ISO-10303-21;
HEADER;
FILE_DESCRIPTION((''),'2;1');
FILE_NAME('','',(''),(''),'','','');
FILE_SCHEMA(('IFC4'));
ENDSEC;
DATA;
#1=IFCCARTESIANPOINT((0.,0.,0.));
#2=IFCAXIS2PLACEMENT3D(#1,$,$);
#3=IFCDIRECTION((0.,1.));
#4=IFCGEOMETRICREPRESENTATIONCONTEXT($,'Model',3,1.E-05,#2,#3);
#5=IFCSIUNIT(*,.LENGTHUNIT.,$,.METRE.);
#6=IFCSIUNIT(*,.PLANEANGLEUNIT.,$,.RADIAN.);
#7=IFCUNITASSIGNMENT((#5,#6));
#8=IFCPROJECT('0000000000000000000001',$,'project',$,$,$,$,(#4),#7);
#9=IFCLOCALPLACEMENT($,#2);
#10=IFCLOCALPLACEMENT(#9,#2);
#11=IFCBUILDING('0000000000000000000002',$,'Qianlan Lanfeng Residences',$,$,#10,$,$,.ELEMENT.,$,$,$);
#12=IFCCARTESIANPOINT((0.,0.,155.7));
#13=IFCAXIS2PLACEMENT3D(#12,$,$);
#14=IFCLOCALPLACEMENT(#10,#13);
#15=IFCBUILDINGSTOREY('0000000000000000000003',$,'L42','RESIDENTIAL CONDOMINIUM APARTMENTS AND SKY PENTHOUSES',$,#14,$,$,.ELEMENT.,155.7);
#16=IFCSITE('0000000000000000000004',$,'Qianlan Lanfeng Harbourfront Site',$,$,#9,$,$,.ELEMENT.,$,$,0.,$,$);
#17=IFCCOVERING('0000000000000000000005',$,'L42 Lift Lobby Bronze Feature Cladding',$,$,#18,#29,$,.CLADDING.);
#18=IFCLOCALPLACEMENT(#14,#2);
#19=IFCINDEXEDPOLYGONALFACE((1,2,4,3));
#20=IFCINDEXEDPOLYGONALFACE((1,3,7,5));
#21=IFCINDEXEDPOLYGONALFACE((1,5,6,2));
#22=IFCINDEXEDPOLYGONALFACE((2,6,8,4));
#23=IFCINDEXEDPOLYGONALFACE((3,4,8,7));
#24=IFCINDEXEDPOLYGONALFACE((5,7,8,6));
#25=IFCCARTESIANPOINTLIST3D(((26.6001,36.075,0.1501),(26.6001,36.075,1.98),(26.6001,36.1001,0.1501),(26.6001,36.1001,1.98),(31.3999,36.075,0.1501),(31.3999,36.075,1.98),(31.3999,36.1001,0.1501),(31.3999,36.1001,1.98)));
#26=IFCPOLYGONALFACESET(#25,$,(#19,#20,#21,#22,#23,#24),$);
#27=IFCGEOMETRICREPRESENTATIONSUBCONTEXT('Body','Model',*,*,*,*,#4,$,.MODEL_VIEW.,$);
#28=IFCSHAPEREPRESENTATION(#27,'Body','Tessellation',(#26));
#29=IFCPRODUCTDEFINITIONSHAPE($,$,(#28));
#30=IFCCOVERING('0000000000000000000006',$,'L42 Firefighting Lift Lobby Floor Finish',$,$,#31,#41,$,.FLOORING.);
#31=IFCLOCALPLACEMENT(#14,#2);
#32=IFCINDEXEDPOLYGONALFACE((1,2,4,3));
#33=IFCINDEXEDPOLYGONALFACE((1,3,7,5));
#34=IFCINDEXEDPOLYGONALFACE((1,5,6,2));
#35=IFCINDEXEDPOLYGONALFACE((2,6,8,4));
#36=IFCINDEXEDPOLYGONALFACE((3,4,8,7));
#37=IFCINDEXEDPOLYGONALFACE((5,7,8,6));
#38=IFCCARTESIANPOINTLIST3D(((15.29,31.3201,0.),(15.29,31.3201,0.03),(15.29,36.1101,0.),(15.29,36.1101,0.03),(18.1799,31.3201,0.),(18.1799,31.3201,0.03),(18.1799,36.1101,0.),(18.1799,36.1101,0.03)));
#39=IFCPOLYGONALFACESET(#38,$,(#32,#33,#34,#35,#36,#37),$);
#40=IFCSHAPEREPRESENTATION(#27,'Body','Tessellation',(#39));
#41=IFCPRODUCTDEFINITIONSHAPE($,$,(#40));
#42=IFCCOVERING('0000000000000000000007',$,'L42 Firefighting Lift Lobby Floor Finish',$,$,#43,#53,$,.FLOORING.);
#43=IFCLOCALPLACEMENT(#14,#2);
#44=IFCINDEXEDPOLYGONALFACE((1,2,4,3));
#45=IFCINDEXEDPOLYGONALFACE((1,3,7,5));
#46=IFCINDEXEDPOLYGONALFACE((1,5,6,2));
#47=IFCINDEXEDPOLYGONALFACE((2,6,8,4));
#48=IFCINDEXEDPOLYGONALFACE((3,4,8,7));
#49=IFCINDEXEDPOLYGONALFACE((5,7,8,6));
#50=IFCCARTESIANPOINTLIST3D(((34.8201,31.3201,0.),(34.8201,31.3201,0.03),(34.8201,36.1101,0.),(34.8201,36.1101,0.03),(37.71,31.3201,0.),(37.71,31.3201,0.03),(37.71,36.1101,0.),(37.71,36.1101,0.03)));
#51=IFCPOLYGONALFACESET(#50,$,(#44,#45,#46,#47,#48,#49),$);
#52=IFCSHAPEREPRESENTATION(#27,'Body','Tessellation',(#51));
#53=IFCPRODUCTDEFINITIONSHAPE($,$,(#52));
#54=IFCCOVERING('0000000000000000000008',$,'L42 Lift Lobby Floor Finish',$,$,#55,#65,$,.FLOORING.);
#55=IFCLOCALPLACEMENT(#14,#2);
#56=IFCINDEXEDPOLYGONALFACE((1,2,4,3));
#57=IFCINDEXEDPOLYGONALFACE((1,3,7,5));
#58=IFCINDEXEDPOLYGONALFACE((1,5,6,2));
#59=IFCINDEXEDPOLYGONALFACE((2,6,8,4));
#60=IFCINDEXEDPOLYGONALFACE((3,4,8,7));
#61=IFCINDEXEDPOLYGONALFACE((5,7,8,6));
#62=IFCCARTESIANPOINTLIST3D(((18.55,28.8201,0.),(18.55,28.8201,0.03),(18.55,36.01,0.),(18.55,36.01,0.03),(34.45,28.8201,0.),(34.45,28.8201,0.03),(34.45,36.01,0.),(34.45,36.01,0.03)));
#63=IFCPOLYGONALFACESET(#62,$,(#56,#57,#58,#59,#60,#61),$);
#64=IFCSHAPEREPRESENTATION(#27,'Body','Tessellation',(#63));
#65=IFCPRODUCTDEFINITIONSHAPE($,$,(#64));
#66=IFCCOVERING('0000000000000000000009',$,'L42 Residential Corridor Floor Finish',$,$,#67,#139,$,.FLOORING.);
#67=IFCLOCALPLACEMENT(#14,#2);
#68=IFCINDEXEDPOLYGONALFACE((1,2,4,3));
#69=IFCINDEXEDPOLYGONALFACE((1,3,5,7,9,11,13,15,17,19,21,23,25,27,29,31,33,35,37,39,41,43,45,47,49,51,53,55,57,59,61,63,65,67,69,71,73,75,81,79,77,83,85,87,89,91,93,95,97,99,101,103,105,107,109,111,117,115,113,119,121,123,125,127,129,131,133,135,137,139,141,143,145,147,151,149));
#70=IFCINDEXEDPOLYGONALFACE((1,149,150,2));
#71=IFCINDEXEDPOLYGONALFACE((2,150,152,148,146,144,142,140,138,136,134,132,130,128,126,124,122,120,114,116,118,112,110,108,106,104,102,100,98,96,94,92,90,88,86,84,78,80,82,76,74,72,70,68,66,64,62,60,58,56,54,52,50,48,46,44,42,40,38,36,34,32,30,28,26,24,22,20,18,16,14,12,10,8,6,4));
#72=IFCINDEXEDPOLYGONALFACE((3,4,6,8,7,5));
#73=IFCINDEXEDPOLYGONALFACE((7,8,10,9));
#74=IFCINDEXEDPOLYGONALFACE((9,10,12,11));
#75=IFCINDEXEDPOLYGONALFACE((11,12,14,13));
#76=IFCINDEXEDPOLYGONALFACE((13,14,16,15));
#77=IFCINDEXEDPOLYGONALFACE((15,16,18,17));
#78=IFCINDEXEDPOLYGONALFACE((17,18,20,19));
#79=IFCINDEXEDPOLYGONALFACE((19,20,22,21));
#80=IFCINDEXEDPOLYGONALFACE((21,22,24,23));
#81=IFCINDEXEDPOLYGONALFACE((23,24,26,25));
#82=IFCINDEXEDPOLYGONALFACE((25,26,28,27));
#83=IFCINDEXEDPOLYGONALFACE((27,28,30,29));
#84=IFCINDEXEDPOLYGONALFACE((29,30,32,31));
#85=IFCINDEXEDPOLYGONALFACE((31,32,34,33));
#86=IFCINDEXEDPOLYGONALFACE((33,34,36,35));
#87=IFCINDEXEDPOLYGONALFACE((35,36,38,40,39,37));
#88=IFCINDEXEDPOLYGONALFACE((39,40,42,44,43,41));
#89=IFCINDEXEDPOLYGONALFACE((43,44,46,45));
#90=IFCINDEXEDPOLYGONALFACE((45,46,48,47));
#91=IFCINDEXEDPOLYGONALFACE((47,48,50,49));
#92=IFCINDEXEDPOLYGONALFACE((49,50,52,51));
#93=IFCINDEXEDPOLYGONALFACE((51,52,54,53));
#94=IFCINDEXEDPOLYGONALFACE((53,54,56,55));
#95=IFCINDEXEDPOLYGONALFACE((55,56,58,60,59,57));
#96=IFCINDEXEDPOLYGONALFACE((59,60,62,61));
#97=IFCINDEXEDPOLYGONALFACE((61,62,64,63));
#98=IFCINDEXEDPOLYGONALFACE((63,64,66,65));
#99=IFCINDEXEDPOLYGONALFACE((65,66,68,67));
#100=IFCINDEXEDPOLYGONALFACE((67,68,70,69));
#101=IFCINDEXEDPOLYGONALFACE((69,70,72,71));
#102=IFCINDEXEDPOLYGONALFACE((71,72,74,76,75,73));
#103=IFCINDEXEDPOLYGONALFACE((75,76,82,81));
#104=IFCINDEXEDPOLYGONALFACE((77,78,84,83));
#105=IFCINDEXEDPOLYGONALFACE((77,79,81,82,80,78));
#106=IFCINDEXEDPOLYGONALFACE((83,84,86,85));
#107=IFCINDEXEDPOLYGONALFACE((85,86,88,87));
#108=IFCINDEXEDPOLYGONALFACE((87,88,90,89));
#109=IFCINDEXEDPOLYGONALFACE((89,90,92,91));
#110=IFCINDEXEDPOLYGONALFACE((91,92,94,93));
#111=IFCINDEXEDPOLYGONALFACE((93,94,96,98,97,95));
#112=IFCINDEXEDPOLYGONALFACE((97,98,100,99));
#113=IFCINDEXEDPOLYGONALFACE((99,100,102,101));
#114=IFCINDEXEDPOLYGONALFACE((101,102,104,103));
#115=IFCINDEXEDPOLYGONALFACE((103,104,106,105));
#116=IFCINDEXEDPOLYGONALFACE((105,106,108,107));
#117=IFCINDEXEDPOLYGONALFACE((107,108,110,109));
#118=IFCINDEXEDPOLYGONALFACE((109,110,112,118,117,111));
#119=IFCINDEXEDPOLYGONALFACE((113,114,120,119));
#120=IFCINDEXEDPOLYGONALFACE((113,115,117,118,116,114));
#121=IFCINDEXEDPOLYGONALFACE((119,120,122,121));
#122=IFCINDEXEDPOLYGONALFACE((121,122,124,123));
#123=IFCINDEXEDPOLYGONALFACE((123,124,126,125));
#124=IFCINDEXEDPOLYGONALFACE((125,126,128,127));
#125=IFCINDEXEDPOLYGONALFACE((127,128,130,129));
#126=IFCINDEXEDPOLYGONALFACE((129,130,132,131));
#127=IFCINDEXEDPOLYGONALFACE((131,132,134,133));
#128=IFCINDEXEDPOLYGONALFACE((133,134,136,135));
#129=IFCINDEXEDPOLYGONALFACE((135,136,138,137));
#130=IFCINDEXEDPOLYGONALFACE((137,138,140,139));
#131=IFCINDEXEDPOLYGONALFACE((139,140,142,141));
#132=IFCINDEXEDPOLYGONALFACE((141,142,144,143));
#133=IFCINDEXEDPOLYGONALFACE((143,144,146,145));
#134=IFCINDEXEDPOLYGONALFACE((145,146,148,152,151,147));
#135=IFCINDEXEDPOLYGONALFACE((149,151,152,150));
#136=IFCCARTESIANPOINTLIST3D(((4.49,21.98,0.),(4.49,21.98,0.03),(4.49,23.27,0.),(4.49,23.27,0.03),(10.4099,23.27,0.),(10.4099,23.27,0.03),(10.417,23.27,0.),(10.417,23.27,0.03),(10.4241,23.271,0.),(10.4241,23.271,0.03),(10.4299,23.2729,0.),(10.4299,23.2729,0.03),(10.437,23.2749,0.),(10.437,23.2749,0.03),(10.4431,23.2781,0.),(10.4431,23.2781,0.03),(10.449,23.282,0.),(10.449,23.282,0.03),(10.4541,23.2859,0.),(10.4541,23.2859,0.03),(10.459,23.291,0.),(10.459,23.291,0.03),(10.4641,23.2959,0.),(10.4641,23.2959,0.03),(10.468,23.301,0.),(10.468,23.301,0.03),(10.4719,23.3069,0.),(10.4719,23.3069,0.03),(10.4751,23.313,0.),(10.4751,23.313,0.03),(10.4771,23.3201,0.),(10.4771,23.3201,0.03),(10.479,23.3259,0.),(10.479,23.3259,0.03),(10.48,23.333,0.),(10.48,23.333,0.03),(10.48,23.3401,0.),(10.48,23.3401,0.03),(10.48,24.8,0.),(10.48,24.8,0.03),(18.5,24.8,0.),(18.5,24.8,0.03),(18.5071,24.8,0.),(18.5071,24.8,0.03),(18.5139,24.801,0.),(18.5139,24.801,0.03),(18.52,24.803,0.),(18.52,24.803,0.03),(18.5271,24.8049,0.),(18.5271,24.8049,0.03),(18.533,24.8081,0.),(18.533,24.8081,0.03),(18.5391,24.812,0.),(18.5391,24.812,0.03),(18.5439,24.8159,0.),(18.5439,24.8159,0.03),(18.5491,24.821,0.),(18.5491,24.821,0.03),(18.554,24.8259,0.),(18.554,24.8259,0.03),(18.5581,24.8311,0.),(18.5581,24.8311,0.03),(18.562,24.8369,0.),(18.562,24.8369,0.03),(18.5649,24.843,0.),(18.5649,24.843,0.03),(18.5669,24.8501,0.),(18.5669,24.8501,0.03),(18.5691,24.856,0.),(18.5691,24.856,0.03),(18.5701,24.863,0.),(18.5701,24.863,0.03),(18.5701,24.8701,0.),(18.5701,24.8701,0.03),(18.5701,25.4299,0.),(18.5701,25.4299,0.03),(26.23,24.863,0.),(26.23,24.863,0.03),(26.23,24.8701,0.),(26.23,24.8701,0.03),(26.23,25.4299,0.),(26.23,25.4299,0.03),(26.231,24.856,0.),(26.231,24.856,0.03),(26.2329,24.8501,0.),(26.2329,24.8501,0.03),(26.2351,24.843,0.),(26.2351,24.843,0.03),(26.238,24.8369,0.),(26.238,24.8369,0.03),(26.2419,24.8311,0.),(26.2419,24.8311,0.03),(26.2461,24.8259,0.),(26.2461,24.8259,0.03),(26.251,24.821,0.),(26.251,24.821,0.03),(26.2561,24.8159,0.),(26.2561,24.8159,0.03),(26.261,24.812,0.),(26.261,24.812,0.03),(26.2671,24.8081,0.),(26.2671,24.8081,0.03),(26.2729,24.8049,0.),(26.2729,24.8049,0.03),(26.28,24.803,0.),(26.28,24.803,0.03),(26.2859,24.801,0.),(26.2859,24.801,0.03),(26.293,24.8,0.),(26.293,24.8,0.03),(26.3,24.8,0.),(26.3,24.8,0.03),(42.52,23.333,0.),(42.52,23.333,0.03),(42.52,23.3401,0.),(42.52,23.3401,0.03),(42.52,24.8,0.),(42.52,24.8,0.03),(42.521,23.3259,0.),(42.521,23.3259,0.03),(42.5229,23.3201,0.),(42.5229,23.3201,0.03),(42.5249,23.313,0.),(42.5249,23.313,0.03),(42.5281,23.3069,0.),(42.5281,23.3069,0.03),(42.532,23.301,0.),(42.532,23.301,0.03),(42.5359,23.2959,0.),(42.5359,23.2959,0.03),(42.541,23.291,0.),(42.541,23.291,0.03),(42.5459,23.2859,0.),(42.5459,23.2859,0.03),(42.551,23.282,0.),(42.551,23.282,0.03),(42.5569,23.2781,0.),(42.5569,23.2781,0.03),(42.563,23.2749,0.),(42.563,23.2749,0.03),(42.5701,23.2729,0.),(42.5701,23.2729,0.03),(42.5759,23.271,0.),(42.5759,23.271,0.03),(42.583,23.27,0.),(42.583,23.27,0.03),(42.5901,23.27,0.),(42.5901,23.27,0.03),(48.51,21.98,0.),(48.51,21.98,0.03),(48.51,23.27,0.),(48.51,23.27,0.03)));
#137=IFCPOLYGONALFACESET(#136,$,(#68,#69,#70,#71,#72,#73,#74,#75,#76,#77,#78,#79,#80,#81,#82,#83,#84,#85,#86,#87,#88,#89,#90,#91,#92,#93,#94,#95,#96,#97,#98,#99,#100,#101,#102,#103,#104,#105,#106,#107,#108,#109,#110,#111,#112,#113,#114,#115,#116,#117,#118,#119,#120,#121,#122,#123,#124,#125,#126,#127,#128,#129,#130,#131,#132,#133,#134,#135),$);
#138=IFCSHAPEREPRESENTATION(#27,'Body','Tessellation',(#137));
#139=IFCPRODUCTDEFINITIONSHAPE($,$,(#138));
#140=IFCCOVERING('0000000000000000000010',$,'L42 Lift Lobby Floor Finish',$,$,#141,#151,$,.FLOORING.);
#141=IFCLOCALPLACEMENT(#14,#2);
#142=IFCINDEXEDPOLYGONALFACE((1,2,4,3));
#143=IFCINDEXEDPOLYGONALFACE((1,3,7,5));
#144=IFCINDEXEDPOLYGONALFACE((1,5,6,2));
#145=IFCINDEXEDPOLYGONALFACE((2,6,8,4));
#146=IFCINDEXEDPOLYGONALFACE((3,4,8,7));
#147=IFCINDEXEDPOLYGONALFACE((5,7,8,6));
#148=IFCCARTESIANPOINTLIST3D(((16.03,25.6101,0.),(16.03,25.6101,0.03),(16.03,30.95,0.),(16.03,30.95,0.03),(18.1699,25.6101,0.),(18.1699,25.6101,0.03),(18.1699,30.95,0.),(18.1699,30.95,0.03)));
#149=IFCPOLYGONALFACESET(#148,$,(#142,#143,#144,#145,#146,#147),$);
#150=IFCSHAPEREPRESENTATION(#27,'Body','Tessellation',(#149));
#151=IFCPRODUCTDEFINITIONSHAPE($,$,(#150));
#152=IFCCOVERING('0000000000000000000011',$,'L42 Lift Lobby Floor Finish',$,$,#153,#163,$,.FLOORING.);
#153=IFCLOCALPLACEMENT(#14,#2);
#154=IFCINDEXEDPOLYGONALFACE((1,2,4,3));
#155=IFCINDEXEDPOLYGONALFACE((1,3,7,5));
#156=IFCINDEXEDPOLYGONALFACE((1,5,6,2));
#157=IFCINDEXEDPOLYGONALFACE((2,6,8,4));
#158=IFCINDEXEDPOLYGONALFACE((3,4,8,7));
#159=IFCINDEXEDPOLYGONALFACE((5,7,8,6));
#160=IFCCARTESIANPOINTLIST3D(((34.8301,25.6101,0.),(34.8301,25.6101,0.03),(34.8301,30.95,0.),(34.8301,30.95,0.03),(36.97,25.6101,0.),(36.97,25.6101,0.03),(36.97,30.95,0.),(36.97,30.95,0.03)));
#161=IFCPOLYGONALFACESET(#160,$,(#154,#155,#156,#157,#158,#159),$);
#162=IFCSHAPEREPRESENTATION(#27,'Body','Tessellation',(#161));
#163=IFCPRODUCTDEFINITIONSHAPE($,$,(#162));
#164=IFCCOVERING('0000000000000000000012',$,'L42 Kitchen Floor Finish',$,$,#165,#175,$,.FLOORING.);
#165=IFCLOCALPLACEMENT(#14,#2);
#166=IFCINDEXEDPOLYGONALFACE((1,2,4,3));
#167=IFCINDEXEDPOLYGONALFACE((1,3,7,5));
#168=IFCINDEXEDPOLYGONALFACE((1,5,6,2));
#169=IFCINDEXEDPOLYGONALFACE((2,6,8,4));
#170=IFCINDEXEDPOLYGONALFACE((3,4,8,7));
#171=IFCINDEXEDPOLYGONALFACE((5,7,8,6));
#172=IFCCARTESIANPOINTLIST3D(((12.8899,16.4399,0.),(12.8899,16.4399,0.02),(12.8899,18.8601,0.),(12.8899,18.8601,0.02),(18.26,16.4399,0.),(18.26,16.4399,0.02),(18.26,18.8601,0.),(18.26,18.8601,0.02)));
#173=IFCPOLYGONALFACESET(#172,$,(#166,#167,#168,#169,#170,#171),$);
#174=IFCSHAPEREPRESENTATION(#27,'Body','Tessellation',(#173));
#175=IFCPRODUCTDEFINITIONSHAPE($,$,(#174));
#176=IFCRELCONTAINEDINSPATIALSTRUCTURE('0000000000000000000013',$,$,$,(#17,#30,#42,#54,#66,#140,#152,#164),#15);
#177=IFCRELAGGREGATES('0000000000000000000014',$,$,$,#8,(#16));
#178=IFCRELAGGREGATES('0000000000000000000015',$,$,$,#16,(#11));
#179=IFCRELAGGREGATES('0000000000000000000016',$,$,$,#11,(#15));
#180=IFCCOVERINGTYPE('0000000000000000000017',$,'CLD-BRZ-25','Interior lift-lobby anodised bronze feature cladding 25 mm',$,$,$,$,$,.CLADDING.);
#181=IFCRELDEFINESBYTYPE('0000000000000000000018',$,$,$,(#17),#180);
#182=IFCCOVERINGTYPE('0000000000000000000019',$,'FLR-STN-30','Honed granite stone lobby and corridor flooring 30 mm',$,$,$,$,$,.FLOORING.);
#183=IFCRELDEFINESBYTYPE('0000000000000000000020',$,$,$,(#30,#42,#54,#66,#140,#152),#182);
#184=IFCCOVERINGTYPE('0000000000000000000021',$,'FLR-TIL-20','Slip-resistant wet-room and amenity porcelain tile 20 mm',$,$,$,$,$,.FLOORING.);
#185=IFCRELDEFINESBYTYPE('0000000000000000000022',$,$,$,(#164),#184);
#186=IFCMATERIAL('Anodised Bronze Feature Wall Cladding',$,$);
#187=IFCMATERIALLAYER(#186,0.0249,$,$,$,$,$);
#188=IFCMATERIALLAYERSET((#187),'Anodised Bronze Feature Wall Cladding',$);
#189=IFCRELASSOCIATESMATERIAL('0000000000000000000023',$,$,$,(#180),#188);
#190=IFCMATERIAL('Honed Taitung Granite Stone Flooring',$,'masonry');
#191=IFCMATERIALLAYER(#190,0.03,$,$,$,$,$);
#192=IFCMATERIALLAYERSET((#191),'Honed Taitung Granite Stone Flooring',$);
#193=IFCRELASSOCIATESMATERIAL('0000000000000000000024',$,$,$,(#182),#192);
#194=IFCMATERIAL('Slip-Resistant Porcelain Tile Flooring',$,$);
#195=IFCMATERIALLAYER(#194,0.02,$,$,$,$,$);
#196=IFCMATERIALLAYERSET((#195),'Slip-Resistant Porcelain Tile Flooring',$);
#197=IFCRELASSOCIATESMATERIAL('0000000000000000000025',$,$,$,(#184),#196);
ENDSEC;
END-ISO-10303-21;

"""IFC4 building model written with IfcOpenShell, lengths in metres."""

from ifc_helpers import new_model, si_unit, direction, frame, origin, place, context, subcontext, project, spatial, polyline, outline, extrude, material, layer, layer_set, type_object, element, save


model = new_model("IFC4")

# Units and contexts
model_context = context("Model", 3, precision=1e-05, world=origin(), true_north=direction((0.0, 1.0)))
body_context = subcontext(model_context, "Body", "Model", "MODEL_VIEW")
ifc_project = project(units=[si_unit("LENGTHUNIT", "METRE"), si_unit("PLANEANGLEUNIT", "RADIAN")], contexts=[model_context])

# Site, building, storey
site_placement = place(None, origin())
site = spatial("IfcSite", under=ifc_project, at=site_placement, Name="Qianlan Lanfeng Harbourfront Site", CompositionType="ELEMENT", RefElevation=0.0)
building_placement = place(site_placement, origin())
building = spatial("IfcBuilding", under=site, at=building_placement, Name="Qianlan Lanfeng Residences", CompositionType="ELEMENT")
storey_placement = place(building_placement, frame((0.0, 0.0, 155.7)))
storey = spatial("IfcBuildingStorey", under=building, at=storey_placement, Name="L42", Description="RESIDENTIAL CONDOMINIUM APARTMENTS AND SKY PENTHOUSES", CompositionType="ELEMENT", Elevation=155.7)

# Coverings
ifc_material_1 = material(Name="Anodised Bronze Feature Wall Cladding")
ifc_layer_1 = layer(ifc_material_1, 0.0249)
ifc_layer_set_1 = layer_set([ifc_layer_1], Name="Anodised Bronze Feature Wall Cladding")
covering_type_1 = type_object("IfcCoveringType", Name="CLD-BRZ-25", Description="Interior lift-lobby anodised bronze feature cladding 25 mm", PredefinedType="CLADDING", material=ifc_layer_set_1)
covering_1_placement = place(storey_placement, frame((0.0, 0.0, 0.1501)))
element("IfcCovering", 1, at=covering_1_placement, inside=storey, type_object=covering_type_1, Name="L42 Lift Lobby Bronze Feature Cladding", PredefinedType="CLADDING", context=body_context, shape_type="SweptSolid", body=[
    extrude(outline(polyline([(26.6001, 36.075), (31.3999, 36.075), (31.3999, 36.1001), (26.6001, 36.1001), (26.6001, 36.075)])), origin(), (0.0, 0.0, 1.0), 1.8298),
])
ifc_material_2 = material(Name="Honed Taitung Granite Stone Flooring", Category="masonry")
ifc_layer_2 = layer(ifc_material_2, 0.03)
ifc_layer_set_2 = layer_set([ifc_layer_2], Name="Honed Taitung Granite Stone Flooring")
covering_type_2 = type_object("IfcCoveringType", Name="FLR-STN-30", Description="Honed granite stone lobby and corridor flooring 30 mm", PredefinedType="FLOORING", material=ifc_layer_set_2)
covering_2_placement = place(storey_placement, origin())
element("IfcCovering", 2, at=covering_2_placement, inside=storey, type_object=covering_type_2, Name="L42 Firefighting Lift Lobby Floor Finish", PredefinedType="FLOORING", context=body_context, shape_type="SweptSolid", body=[
    extrude(outline(polyline([(15.29, 31.3201), (18.1799, 31.3201), (18.1799, 36.1101), (15.29, 36.1101), (15.29, 31.3201)])), origin(), (0.0, 0.0, 1.0), 0.03),
])
covering_3_placement = place(storey_placement, origin())
element("IfcCovering", 3, at=covering_3_placement, inside=storey, type_object=covering_type_2, Name="L42 Firefighting Lift Lobby Floor Finish", PredefinedType="FLOORING", context=body_context, shape_type="SweptSolid", body=[
    extrude(outline(polyline([(34.8201, 31.3201), (37.71, 31.3201), (37.71, 36.1101), (34.8201, 36.1101), (34.8201, 31.3201)])), origin(), (0.0, 0.0, 1.0), 0.03),
])
covering_4_placement = place(storey_placement, origin())
element("IfcCovering", 4, at=covering_4_placement, inside=storey, type_object=covering_type_2, Name="L42 Lift Lobby Floor Finish", PredefinedType="FLOORING", context=body_context, shape_type="SweptSolid", body=[
    extrude(outline(polyline([(18.55, 28.8201), (34.45, 28.8201), (34.45, 36.01), (18.55, 36.01), (18.55, 28.8201)])), origin(), (0.0, 0.0, 1.0), 0.03),
])
covering_5_placement = place(storey_placement, origin())
element("IfcCovering", 5, at=covering_5_placement, inside=storey, type_object=covering_type_2, Name="L42 Residential Corridor Floor Finish", PredefinedType="FLOORING", context=body_context, shape_type="SweptSolid", body=[
    extrude(outline(polyline([(4.49, 21.98), (48.51, 21.98), (48.51, 23.27), (42.5901, 23.27), (42.583, 23.27), (42.5759, 23.271), (42.5701, 23.2729), (42.563, 23.2749), (42.5569, 23.2781), (42.551, 23.282), (42.5459, 23.2859), (42.541, 23.291), (42.5359, 23.2959), (42.532, 23.301), (42.5281, 23.3069), (42.5249, 23.313), (42.5229, 23.3201), (42.521, 23.3259), (42.52, 23.333), (42.52, 23.3401), (42.52, 24.8), (26.3, 24.8), (26.293, 24.8), (26.2859, 24.801), (26.28, 24.803), (26.2729, 24.8049), (26.2671, 24.8081), (26.261, 24.812), (26.2561, 24.8159), (26.251, 24.821), (26.2461, 24.8259), (26.2419, 24.8311), (26.238, 24.8369), (26.2351, 24.843), (26.2329, 24.8501), (26.231, 24.856), (26.23, 24.863), (26.23, 24.8701), (26.23, 25.4299), (18.5701, 25.4299), (18.5701, 24.8701), (18.5701, 24.863), (18.5691, 24.856), (18.5669, 24.8501), (18.5649, 24.843), (18.562, 24.8369), (18.5581, 24.8311), (18.554, 24.8259), (18.5491, 24.821), (18.5439, 24.8159), (18.5391, 24.812), (18.533, 24.8081), (18.5271, 24.8049), (18.52, 24.803), (18.5139, 24.801), (18.5071, 24.8), (18.5, 24.8), (10.48, 24.8), (10.48, 23.3401), (10.48, 23.333), (10.479, 23.3259), (10.4771, 23.3201), (10.4751, 23.313), (10.4719, 23.3069), (10.468, 23.301), (10.4641, 23.2959), (10.459, 23.291), (10.4541, 23.2859), (10.449, 23.282), (10.4431, 23.2781), (10.437, 23.2749), (10.4299, 23.2729), (10.4241, 23.271), (10.417, 23.27), (10.4099, 23.27), (4.49, 23.27), (4.49, 21.98)])), origin(), (0.0, 0.0, 1.0), 0.03),
])
covering_6_placement = place(storey_placement, origin())
element("IfcCovering", 6, at=covering_6_placement, inside=storey, type_object=covering_type_2, Name="L42 Lift Lobby Floor Finish", PredefinedType="FLOORING", context=body_context, shape_type="SweptSolid", body=[
    extrude(outline(polyline([(16.03, 25.6101), (18.1699, 25.6101), (18.1699, 30.95), (16.03, 30.95), (16.03, 25.6101)])), origin(), (0.0, 0.0, 1.0), 0.03),
])
covering_7_placement = place(storey_placement, origin())
element("IfcCovering", 7, at=covering_7_placement, inside=storey, type_object=covering_type_2, Name="L42 Lift Lobby Floor Finish", PredefinedType="FLOORING", context=body_context, shape_type="SweptSolid", body=[
    extrude(outline(polyline([(34.8301, 25.6101), (36.97, 25.6101), (36.97, 30.95), (34.8301, 30.95), (34.8301, 25.6101)])), origin(), (0.0, 0.0, 1.0), 0.03),
])
ifc_material_3 = material(Name="Slip-Resistant Porcelain Tile Flooring")
ifc_layer_3 = layer(ifc_material_3, 0.02)
ifc_layer_set_3 = layer_set([ifc_layer_3], Name="Slip-Resistant Porcelain Tile Flooring")
covering_type_3 = type_object("IfcCoveringType", Name="FLR-TIL-20", Description="Slip-resistant wet-room and amenity porcelain tile 20 mm", PredefinedType="FLOORING", material=ifc_layer_set_3)
covering_8_placement = place(storey_placement, origin())
element("IfcCovering", 8, at=covering_8_placement, inside=storey, type_object=covering_type_3, Name="L42 Kitchen Floor Finish", PredefinedType="FLOORING", context=body_context, shape_type="SweptSolid", body=[
    extrude(outline(polyline([(12.8899, 16.4399), (18.26, 16.4399), (18.26, 18.8601), (12.8899, 18.8601), (12.8899, 16.4399)])), origin(), (0.0, 0.0, 1.0), 0.02),
])

save(model, "model.ifc")
